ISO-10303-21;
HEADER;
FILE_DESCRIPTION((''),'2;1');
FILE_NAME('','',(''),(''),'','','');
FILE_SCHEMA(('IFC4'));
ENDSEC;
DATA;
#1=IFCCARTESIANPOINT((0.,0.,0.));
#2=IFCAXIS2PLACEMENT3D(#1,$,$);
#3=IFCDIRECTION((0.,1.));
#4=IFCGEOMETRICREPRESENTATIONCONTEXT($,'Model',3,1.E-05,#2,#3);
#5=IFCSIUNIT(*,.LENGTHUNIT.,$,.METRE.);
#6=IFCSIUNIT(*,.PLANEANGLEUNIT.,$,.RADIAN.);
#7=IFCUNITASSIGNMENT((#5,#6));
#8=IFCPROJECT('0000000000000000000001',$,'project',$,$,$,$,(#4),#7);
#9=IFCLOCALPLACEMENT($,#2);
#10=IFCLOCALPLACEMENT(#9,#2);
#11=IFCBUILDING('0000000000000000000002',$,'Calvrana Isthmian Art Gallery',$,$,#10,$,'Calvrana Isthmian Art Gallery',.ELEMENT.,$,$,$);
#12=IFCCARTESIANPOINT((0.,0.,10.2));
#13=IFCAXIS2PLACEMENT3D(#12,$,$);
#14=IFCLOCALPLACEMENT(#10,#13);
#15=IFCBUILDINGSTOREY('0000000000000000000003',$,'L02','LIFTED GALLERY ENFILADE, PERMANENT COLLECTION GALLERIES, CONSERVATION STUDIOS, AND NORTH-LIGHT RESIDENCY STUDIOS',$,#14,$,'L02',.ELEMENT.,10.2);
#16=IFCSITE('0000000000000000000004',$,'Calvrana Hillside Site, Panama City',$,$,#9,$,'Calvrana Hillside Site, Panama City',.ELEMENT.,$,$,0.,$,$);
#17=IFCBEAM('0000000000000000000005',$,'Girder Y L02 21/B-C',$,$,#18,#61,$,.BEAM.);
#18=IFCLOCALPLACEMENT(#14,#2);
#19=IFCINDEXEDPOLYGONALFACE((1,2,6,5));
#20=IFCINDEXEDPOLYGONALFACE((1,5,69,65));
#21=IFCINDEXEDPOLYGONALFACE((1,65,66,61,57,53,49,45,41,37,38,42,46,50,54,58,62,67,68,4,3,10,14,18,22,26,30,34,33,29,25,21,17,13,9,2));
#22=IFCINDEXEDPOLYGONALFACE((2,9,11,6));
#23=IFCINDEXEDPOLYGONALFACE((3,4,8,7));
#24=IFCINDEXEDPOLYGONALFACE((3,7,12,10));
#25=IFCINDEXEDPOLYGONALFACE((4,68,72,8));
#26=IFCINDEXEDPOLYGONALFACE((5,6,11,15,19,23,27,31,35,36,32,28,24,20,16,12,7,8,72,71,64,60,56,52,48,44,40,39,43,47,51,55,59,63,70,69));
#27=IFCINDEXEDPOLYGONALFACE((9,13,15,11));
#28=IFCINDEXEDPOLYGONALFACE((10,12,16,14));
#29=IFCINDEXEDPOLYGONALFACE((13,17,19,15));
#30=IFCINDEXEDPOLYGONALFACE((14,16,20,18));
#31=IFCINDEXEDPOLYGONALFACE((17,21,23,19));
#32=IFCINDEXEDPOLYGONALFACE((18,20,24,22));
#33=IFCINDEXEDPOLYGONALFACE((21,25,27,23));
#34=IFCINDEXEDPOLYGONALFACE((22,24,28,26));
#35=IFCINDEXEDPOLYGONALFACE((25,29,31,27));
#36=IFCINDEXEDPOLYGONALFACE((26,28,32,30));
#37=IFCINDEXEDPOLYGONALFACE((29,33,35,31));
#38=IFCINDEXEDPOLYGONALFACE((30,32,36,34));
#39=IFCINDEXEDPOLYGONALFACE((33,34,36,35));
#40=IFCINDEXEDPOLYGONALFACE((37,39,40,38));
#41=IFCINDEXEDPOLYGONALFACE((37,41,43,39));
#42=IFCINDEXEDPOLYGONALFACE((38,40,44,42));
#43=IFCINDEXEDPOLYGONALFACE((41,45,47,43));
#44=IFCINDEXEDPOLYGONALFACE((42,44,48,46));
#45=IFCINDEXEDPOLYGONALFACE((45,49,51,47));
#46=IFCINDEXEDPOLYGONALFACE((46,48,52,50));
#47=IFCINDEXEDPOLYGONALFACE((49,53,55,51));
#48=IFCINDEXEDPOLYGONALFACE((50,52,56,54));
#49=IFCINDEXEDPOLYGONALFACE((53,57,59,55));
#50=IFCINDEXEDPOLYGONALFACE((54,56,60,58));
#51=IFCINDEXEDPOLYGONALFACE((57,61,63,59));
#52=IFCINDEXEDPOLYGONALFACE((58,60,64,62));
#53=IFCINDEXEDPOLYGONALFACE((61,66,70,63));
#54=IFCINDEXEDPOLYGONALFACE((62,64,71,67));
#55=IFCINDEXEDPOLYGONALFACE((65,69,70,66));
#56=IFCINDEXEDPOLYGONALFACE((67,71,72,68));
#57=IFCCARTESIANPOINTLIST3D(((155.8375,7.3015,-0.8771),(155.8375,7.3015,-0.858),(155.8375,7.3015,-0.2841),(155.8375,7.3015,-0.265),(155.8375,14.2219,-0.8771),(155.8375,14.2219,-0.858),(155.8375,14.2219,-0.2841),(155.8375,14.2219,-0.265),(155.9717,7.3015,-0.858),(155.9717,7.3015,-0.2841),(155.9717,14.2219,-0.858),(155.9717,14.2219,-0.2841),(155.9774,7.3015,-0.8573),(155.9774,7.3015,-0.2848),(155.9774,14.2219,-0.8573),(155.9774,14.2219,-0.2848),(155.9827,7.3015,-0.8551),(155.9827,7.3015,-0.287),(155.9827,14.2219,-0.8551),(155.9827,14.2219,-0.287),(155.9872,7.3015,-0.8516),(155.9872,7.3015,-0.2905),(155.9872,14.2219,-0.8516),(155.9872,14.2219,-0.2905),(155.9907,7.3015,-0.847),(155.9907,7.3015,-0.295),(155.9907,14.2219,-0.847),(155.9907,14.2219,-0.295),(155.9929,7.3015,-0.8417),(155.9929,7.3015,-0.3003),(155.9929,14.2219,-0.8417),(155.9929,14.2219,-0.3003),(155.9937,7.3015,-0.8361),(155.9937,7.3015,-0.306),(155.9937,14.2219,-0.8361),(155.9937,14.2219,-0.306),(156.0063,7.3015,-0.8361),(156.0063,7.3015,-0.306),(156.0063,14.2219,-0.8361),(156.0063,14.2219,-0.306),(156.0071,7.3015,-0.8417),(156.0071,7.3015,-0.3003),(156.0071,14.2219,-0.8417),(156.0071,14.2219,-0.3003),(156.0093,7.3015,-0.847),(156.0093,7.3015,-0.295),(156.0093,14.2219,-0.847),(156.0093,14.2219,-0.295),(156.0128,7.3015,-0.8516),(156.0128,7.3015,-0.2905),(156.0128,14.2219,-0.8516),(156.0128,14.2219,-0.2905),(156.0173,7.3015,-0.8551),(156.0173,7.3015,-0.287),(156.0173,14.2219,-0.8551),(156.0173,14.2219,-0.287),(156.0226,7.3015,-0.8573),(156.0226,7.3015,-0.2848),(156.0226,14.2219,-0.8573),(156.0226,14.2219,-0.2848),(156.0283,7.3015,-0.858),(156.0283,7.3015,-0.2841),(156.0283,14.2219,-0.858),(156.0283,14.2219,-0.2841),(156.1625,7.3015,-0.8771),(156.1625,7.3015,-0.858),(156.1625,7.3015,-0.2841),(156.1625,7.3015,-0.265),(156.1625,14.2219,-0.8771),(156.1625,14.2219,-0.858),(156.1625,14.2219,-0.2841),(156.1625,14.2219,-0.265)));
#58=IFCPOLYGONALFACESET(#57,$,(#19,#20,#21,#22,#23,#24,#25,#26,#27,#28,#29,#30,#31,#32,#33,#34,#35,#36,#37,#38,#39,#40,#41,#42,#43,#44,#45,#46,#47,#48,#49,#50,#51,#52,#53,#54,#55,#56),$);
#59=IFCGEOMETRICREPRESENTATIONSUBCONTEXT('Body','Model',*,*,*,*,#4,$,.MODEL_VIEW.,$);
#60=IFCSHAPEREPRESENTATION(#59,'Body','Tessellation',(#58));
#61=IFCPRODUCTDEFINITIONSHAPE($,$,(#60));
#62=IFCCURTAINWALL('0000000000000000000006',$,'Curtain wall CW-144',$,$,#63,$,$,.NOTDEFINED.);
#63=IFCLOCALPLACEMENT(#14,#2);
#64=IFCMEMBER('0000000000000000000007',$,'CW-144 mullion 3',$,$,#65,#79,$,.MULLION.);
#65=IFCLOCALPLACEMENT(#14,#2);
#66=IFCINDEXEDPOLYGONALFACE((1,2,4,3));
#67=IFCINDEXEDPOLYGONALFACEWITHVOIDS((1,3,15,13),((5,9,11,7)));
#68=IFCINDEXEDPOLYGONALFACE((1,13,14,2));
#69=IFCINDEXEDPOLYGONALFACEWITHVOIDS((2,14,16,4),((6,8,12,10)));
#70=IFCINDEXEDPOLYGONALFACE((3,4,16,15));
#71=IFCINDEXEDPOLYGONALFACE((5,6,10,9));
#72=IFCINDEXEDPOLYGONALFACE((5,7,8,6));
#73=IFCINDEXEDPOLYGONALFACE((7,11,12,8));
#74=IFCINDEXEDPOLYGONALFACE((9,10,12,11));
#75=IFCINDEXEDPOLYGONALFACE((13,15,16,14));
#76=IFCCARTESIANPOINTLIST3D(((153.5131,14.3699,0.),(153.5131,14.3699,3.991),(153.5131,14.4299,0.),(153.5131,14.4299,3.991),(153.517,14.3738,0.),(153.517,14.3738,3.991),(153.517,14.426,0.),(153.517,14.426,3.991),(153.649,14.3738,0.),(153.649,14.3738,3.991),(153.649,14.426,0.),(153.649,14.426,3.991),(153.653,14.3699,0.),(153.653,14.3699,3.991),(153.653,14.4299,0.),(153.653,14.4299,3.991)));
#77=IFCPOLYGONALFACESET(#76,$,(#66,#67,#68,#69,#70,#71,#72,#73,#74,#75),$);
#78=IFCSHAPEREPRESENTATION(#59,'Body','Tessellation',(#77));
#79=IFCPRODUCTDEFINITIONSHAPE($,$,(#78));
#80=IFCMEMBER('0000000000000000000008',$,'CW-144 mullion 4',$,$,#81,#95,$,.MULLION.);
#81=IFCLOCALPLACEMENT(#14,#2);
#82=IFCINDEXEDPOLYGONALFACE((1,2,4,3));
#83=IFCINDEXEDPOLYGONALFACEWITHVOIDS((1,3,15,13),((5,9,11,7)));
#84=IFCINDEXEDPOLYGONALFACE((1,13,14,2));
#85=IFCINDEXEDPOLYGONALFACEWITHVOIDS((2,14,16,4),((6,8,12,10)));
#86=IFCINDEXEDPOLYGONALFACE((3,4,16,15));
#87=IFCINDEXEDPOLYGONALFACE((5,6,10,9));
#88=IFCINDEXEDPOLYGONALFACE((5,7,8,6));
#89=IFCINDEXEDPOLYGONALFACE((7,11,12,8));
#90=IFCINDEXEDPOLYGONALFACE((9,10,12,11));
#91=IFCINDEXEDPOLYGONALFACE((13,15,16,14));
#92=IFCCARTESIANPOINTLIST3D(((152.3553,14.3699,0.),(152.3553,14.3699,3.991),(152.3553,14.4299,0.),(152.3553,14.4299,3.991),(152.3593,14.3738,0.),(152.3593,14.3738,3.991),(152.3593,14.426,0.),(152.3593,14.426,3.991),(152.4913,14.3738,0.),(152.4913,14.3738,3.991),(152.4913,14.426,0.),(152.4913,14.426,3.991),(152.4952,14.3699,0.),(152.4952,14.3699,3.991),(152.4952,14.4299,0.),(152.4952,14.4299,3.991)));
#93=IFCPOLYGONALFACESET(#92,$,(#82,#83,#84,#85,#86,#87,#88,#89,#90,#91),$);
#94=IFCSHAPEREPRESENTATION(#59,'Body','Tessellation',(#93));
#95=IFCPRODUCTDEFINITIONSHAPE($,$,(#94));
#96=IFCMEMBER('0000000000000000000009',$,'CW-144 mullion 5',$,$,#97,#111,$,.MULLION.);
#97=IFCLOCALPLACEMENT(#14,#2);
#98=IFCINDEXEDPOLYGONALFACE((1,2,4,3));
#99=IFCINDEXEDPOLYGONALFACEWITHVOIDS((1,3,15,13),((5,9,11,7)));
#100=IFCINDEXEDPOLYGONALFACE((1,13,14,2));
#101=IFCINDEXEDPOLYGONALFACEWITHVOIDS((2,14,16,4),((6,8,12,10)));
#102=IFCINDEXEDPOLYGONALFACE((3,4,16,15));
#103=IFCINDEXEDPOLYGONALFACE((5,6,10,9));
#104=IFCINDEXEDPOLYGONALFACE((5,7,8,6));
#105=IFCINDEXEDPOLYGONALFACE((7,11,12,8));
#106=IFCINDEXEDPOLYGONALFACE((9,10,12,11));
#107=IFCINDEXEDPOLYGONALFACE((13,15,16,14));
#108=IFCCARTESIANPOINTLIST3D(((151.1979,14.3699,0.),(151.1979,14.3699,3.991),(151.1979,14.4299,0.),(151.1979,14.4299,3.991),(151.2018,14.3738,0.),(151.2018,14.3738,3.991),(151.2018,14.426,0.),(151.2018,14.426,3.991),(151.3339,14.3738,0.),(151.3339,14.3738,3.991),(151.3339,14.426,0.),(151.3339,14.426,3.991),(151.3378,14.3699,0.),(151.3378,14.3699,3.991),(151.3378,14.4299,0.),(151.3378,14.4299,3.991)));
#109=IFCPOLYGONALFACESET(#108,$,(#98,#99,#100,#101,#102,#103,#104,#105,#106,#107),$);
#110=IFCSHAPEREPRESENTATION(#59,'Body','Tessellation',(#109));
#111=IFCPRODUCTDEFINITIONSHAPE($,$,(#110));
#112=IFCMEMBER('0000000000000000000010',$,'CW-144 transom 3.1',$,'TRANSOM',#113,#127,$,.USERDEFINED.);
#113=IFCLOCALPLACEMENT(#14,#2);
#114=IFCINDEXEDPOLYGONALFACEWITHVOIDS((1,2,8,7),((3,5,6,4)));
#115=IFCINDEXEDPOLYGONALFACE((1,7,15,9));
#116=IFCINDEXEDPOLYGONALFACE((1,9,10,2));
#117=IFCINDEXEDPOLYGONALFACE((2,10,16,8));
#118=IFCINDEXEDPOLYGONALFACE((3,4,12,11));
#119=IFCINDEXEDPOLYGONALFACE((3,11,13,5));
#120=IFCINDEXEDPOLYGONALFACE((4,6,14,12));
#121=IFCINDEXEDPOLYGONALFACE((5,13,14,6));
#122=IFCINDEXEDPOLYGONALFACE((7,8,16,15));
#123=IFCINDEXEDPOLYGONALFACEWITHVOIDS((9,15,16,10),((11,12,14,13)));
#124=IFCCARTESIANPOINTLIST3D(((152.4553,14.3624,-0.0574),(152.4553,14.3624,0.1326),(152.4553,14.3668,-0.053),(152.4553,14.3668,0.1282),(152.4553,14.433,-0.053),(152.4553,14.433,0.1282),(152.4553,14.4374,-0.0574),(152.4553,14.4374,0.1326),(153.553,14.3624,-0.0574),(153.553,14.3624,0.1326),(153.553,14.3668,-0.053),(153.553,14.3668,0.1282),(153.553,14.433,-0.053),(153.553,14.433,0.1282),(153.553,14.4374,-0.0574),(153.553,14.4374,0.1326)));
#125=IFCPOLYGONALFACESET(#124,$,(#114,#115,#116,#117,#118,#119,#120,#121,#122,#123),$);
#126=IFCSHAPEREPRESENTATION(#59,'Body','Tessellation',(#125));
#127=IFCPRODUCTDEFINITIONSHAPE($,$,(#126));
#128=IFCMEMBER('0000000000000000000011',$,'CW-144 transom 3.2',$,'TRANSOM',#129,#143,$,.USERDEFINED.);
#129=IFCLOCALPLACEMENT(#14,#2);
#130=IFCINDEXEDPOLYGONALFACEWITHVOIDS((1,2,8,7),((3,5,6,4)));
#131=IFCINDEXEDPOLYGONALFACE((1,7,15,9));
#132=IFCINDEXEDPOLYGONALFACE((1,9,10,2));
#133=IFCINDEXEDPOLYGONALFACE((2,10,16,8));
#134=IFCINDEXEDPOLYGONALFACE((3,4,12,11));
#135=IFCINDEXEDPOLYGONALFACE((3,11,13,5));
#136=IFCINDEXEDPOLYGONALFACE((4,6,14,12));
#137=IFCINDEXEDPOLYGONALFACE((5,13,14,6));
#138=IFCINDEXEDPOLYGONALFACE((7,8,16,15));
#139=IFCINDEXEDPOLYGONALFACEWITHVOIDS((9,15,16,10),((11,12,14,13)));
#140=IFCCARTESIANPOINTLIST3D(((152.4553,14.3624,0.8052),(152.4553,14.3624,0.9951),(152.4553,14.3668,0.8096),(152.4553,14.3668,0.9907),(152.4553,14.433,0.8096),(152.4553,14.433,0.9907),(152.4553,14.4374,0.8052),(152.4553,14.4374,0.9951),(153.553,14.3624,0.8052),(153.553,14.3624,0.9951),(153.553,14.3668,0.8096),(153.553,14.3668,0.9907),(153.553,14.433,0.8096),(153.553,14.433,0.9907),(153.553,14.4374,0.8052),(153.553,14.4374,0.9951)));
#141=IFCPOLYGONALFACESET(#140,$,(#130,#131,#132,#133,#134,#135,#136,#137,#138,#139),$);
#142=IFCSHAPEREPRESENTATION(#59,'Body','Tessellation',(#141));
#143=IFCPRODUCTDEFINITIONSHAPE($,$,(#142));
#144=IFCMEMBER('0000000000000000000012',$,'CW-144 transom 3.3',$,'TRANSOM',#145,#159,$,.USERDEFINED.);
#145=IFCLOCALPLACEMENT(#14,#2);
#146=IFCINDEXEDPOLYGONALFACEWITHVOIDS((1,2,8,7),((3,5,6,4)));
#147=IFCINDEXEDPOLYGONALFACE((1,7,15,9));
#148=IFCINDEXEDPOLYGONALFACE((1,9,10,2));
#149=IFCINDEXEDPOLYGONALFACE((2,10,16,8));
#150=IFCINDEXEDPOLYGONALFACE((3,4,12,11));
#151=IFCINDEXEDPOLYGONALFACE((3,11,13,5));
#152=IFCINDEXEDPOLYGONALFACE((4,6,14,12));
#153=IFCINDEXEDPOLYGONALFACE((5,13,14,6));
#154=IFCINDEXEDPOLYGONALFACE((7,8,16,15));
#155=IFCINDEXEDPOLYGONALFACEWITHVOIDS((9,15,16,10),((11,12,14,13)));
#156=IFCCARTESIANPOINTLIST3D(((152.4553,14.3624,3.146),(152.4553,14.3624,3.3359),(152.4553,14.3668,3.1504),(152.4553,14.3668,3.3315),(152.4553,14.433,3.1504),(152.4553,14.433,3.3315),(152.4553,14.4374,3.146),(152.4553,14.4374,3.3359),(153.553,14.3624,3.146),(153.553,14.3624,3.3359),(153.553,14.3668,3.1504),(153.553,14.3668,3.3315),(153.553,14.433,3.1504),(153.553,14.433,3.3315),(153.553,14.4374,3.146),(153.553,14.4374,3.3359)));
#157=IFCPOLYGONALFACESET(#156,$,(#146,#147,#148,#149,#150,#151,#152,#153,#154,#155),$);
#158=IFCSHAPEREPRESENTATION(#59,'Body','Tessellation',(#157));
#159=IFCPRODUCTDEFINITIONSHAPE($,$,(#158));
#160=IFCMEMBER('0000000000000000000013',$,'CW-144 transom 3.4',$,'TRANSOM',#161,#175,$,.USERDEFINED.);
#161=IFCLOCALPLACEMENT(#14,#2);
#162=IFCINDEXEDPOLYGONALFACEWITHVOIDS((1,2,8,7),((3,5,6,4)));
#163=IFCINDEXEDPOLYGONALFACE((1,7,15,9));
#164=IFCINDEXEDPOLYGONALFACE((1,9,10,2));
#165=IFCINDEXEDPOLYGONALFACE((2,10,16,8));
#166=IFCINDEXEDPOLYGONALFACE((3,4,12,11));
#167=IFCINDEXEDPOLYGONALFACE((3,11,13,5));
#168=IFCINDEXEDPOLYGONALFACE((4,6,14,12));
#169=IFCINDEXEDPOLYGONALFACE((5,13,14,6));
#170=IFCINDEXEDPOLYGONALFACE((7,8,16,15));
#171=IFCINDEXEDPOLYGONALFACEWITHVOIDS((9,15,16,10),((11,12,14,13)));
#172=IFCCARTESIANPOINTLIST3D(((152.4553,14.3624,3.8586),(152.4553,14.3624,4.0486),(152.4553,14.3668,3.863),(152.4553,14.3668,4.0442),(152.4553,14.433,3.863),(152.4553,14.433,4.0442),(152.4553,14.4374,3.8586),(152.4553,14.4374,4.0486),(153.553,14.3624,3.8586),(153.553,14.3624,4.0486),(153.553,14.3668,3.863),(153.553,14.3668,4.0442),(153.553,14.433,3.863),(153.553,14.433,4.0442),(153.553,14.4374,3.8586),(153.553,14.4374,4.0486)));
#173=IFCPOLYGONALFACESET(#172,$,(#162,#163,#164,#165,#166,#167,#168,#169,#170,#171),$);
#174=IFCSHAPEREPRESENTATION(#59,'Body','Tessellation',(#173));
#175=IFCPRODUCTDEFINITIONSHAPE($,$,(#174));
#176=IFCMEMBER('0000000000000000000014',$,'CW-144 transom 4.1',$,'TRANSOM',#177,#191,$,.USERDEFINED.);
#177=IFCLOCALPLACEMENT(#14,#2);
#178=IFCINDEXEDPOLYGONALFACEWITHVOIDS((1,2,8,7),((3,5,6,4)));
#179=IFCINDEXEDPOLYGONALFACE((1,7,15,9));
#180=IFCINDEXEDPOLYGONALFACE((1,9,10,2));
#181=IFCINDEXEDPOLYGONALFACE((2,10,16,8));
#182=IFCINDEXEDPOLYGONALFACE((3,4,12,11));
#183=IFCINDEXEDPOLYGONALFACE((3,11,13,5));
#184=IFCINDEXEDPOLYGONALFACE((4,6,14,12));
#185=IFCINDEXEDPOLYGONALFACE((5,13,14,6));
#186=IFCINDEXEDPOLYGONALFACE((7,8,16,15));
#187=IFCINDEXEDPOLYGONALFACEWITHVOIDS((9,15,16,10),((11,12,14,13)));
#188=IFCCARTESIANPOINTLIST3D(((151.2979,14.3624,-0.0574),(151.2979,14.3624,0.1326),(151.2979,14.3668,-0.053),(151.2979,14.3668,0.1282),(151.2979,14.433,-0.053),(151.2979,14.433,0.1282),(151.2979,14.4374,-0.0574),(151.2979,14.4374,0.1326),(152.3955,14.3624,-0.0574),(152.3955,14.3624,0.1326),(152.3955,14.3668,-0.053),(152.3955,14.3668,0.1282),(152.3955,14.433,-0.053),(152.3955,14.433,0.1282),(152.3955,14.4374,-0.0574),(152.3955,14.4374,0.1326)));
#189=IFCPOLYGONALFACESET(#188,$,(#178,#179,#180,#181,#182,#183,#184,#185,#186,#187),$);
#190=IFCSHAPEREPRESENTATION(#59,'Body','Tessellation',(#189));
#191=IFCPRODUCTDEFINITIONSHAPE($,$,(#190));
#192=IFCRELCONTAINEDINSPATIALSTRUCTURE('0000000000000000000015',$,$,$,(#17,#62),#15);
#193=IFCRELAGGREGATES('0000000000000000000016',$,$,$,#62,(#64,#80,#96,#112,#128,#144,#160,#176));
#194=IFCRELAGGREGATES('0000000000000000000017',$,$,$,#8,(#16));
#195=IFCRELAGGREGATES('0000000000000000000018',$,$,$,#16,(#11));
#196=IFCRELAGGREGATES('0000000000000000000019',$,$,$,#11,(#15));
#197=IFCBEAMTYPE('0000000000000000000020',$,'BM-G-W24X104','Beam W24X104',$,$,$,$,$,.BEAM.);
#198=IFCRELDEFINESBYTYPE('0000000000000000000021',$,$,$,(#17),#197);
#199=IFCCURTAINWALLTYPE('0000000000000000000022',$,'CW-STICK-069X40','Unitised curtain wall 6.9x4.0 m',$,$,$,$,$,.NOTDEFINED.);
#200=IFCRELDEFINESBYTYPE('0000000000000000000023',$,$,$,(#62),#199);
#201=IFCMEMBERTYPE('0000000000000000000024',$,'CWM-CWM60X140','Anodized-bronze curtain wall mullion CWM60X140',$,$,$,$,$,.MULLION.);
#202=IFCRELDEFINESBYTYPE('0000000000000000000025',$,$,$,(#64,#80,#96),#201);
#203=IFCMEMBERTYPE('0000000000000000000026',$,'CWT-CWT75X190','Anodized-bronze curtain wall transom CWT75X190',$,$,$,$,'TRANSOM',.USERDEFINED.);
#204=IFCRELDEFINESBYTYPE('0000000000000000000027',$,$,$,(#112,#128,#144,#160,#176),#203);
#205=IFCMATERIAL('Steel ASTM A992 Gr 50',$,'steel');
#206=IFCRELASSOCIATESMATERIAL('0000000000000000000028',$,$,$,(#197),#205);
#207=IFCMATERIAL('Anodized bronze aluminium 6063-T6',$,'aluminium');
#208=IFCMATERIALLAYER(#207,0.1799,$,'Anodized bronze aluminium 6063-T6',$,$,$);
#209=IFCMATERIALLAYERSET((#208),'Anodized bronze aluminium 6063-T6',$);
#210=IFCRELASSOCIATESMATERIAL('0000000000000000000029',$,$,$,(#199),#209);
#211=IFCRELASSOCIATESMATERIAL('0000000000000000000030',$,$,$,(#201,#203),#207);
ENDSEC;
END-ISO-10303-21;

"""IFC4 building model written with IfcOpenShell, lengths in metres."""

from ifc_helpers import new_model, si_unit, direction, frame, origin, origin_2d, place, context, subcontext, project, spatial, hollow_rectangle, i_section, extrude, material, layer, layer_set, material_profile, profile_set, type_object, element, aggregate, save


model = new_model("IFC4")

# Units and contexts
model_context = context("Model", 3, precision=1e-05, world=origin(), true_north=direction((0.0, 1.0)))
body_context = subcontext(model_context, "Body", "Model", "MODEL_VIEW")
ifc_project = project(units=[si_unit("LENGTHUNIT", "METRE"), si_unit("PLANEANGLEUNIT", "RADIAN")], contexts=[model_context])

# Site, building, storey
site_placement = place(None, origin())
site = spatial("IfcSite", under=ifc_project, at=site_placement, Name="Calvrana Hillside Site, Panama City", LongName="Calvrana Hillside Site, Panama City", CompositionType="ELEMENT", RefElevation=0.0)
building_placement = place(site_placement, origin())
building = spatial("IfcBuilding", under=site, at=building_placement, Name="Calvrana Isthmian Art Gallery", LongName="Calvrana Isthmian Art Gallery", CompositionType="ELEMENT")
storey_placement = place(building_placement, frame((0.0, 0.0, 10.2)))
storey = spatial("IfcBuildingStorey", under=building, at=storey_placement, Name="L02", Description="LIFTED GALLERY ENFILADE, PERMANENT COLLECTION GALLERIES, CONSERVATION STUDIOS, AND NORTH-LIGHT RESIDENCY STUDIOS", LongName="L02", CompositionType="ELEMENT", Elevation=10.2)

# Beam
ifc_material_1 = material(Name="Steel ASTM A992 Gr 50", Category="steel")
ifc_material_profile_1 = material_profile(ifc_material_1, i_section(OverallWidth=0.325, OverallDepth=0.6121, WebThickness=0.0127, FlangeThickness=0.019, FilletRadius=0.022, at=origin_2d()), Name="W24X104")
ifc_profile_set_1 = profile_set([ifc_material_profile_1], Name="Steel ASTM A992 Gr 50")
beam_type = type_object("IfcBeamType", Name="BM-G-W24X104", Description="Beam W24X104", PredefinedType="BEAM", material=ifc_profile_set_1)
beam_placement = place(storey_placement, frame((156.0, 7.3015, -0.571), z_axis=(0.0, 1.0, 0.0), x_axis=(-1.0, 0.0, 0.0)))
element("IfcBeam", 1, at=beam_placement, inside=storey, type_object=beam_type, Name="Girder Y L02 21/B-C", PredefinedType="BEAM", context=body_context, shape_type="SweptSolid", body=[
    extrude(i_section(OverallWidth=0.325, OverallDepth=0.6121, WebThickness=0.0127, FlangeThickness=0.019, FilletRadius=0.022, at=origin_2d()), origin(), (0.0, 0.0, 1.0), 6.9204),
])

# Curtain wall, members
ifc_material_2 = material(Name="Anodized bronze aluminium 6063-T6", Category="aluminium")
ifc_layer_1 = layer(ifc_material_2, 0.1799, Name="Anodized bronze aluminium 6063-T6")
ifc_layer_set_1 = layer_set([ifc_layer_1], Name="Anodized bronze aluminium 6063-T6")
curtain_wall_type = type_object("IfcCurtainWallType", Name="CW-STICK-069X40", Description="Unitised curtain wall 6.9x4.0 m", PredefinedType="NOTDEFINED", material=ifc_layer_set_1)
curtain_wall_placement = place(storey_placement, origin())
curtain_wall = element("IfcCurtainWall", 2, at=curtain_wall_placement, inside=storey, type_object=curtain_wall_type, Name="Curtain wall CW-144", PredefinedType="NOTDEFINED")
ifc_material_profile_2 = material_profile(ifc_material_2, hollow_rectangle(XDim=0.0601, YDim=0.1399, WallThickness=0.0039, at=origin_2d()), Name="CWM60X140")
ifc_profile_set_2 = profile_set([ifc_material_profile_2], Name="Anodized bronze aluminium 6063-T6")
member_type_1 = type_object("IfcMemberType", Name="CWM-CWM60X140", Description="Anodized-bronze curtain wall mullion CWM60X140", PredefinedType="MULLION", material=ifc_profile_set_2)
member_1_placement = place(storey_placement, frame((153.583, 14.3999, 0.0), z_axis=(0.0, 0.0, 1.0), x_axis=(0.0, -1.0, 0.0)))
member_1 = element("IfcMember", 3, at=member_1_placement, type_object=member_type_1, Name="CW-144 mullion 3", PredefinedType="MULLION", context=body_context, shape_type="SweptSolid", body=[
    extrude(hollow_rectangle(XDim=0.0601, YDim=0.1399, WallThickness=0.0039, at=origin_2d()), origin(), (0.0, 0.0, 1.0), 3.991),
])
member_2_placement = place(storey_placement, frame((152.4253, 14.3999, 0.0), z_axis=(0.0, 0.0, 1.0), x_axis=(0.0, -1.0, 0.0)))
member_2 = element("IfcMember", 4, at=member_2_placement, type_object=member_type_1, Name="CW-144 mullion 4", PredefinedType="MULLION", context=body_context, shape_type="SweptSolid", body=[
    extrude(hollow_rectangle(XDim=0.0601, YDim=0.1399, WallThickness=0.0039, at=origin_2d()), origin(), (0.0, 0.0, 1.0), 3.991),
])
member_3_placement = place(storey_placement, frame((151.2678, 14.3999, 0.0), z_axis=(0.0, 0.0, 1.0), x_axis=(0.0, -1.0, 0.0)))
member_3 = element("IfcMember", 5, at=member_3_placement, type_object=member_type_1, Name="CW-144 mullion 5", PredefinedType="MULLION", context=body_context, shape_type="SweptSolid", body=[
    extrude(hollow_rectangle(XDim=0.0601, YDim=0.1399, WallThickness=0.0039, at=origin_2d()), origin(), (0.0, 0.0, 1.0), 3.991),
])
ifc_material_profile_3 = material_profile(ifc_material_2, hollow_rectangle(XDim=0.075, YDim=0.1899, WallThickness=0.0044, at=origin_2d()), Name="CWT75X190")
ifc_profile_set_3 = profile_set([ifc_material_profile_3], Name="Anodized bronze aluminium 6063-T6")
member_type_2 = type_object("IfcMemberType", Name="CWT-CWT75X190", Description="Anodized-bronze curtain wall transom CWT75X190", ElementType="TRANSOM", PredefinedType="USERDEFINED", material=ifc_profile_set_3)
member_4_placement = place(storey_placement, frame((153.553, 14.3999, 0.0376), z_axis=(-1.0, 0.0, 0.0), x_axis=(0.0, -1.0, 0.0)))
member_4 = element("IfcMember", 6, at=member_4_placement, type_object=member_type_2, Name="CW-144 transom 3.1", ObjectType="TRANSOM", PredefinedType="USERDEFINED", context=body_context, shape_type="SweptSolid", body=[
    extrude(hollow_rectangle(XDim=0.075, YDim=0.1899, WallThickness=0.0044, at=origin_2d()), origin(), (0.0, 0.0, 1.0), 1.0977),
])
member_5_placement = place(storey_placement, frame((153.553, 14.3999, 0.9001), z_axis=(-1.0, 0.0, 0.0), x_axis=(0.0, -1.0, 0.0)))
member_5 = element("IfcMember", 7, at=member_5_placement, type_object=member_type_2, Name="CW-144 transom 3.2", ObjectType="TRANSOM", PredefinedType="USERDEFINED", context=body_context, shape_type="SweptSolid", body=[
    extrude(hollow_rectangle(XDim=0.075, YDim=0.1899, WallThickness=0.0044, at=origin_2d()), origin(), (0.0, 0.0, 1.0), 1.0977),
])
member_6_placement = place(storey_placement, frame((153.553, 14.3999, 3.241), z_axis=(-1.0, 0.0, 0.0), x_axis=(0.0, -1.0, 0.0)))
member_6 = element("IfcMember", 8, at=member_6_placement, type_object=member_type_2, Name="CW-144 transom 3.3", ObjectType="TRANSOM", PredefinedType="USERDEFINED", context=body_context, shape_type="SweptSolid", body=[
    extrude(hollow_rectangle(XDim=0.075, YDim=0.1899, WallThickness=0.0044, at=origin_2d()), origin(), (0.0, 0.0, 1.0), 1.0977),
])
member_7_placement = place(storey_placement, frame((153.553, 14.3999, 3.9536), z_axis=(-1.0, 0.0, 0.0), x_axis=(0.0, -1.0, 0.0)))
member_7 = element("IfcMember", 9, at=member_7_placement, type_object=member_type_2, Name="CW-144 transom 3.4", ObjectType="TRANSOM", PredefinedType="USERDEFINED", context=body_context, shape_type="SweptSolid", body=[
    extrude(hollow_rectangle(XDim=0.075, YDim=0.1899, WallThickness=0.0044, at=origin_2d()), origin(), (0.0, 0.0, 1.0), 1.0977),
])
member_8_placement = place(storey_placement, frame((152.3955, 14.3999, 0.0376), z_axis=(-1.0, 0.0, 0.0), x_axis=(0.0, -1.0, 0.0)))
member_8 = element("IfcMember", 10, at=member_8_placement, type_object=member_type_2, Name="CW-144 transom 4.1", ObjectType="TRANSOM", PredefinedType="USERDEFINED", context=body_context, shape_type="SweptSolid", body=[
    extrude(hollow_rectangle(XDim=0.075, YDim=0.1899, WallThickness=0.0044, at=origin_2d()), origin(), (0.0, 0.0, 1.0), 1.0977),
])
aggregate(curtain_wall, [member_1, member_2, member_3, member_4, member_5, member_6, member_7, member_8])

save(model, "model.ifc")
